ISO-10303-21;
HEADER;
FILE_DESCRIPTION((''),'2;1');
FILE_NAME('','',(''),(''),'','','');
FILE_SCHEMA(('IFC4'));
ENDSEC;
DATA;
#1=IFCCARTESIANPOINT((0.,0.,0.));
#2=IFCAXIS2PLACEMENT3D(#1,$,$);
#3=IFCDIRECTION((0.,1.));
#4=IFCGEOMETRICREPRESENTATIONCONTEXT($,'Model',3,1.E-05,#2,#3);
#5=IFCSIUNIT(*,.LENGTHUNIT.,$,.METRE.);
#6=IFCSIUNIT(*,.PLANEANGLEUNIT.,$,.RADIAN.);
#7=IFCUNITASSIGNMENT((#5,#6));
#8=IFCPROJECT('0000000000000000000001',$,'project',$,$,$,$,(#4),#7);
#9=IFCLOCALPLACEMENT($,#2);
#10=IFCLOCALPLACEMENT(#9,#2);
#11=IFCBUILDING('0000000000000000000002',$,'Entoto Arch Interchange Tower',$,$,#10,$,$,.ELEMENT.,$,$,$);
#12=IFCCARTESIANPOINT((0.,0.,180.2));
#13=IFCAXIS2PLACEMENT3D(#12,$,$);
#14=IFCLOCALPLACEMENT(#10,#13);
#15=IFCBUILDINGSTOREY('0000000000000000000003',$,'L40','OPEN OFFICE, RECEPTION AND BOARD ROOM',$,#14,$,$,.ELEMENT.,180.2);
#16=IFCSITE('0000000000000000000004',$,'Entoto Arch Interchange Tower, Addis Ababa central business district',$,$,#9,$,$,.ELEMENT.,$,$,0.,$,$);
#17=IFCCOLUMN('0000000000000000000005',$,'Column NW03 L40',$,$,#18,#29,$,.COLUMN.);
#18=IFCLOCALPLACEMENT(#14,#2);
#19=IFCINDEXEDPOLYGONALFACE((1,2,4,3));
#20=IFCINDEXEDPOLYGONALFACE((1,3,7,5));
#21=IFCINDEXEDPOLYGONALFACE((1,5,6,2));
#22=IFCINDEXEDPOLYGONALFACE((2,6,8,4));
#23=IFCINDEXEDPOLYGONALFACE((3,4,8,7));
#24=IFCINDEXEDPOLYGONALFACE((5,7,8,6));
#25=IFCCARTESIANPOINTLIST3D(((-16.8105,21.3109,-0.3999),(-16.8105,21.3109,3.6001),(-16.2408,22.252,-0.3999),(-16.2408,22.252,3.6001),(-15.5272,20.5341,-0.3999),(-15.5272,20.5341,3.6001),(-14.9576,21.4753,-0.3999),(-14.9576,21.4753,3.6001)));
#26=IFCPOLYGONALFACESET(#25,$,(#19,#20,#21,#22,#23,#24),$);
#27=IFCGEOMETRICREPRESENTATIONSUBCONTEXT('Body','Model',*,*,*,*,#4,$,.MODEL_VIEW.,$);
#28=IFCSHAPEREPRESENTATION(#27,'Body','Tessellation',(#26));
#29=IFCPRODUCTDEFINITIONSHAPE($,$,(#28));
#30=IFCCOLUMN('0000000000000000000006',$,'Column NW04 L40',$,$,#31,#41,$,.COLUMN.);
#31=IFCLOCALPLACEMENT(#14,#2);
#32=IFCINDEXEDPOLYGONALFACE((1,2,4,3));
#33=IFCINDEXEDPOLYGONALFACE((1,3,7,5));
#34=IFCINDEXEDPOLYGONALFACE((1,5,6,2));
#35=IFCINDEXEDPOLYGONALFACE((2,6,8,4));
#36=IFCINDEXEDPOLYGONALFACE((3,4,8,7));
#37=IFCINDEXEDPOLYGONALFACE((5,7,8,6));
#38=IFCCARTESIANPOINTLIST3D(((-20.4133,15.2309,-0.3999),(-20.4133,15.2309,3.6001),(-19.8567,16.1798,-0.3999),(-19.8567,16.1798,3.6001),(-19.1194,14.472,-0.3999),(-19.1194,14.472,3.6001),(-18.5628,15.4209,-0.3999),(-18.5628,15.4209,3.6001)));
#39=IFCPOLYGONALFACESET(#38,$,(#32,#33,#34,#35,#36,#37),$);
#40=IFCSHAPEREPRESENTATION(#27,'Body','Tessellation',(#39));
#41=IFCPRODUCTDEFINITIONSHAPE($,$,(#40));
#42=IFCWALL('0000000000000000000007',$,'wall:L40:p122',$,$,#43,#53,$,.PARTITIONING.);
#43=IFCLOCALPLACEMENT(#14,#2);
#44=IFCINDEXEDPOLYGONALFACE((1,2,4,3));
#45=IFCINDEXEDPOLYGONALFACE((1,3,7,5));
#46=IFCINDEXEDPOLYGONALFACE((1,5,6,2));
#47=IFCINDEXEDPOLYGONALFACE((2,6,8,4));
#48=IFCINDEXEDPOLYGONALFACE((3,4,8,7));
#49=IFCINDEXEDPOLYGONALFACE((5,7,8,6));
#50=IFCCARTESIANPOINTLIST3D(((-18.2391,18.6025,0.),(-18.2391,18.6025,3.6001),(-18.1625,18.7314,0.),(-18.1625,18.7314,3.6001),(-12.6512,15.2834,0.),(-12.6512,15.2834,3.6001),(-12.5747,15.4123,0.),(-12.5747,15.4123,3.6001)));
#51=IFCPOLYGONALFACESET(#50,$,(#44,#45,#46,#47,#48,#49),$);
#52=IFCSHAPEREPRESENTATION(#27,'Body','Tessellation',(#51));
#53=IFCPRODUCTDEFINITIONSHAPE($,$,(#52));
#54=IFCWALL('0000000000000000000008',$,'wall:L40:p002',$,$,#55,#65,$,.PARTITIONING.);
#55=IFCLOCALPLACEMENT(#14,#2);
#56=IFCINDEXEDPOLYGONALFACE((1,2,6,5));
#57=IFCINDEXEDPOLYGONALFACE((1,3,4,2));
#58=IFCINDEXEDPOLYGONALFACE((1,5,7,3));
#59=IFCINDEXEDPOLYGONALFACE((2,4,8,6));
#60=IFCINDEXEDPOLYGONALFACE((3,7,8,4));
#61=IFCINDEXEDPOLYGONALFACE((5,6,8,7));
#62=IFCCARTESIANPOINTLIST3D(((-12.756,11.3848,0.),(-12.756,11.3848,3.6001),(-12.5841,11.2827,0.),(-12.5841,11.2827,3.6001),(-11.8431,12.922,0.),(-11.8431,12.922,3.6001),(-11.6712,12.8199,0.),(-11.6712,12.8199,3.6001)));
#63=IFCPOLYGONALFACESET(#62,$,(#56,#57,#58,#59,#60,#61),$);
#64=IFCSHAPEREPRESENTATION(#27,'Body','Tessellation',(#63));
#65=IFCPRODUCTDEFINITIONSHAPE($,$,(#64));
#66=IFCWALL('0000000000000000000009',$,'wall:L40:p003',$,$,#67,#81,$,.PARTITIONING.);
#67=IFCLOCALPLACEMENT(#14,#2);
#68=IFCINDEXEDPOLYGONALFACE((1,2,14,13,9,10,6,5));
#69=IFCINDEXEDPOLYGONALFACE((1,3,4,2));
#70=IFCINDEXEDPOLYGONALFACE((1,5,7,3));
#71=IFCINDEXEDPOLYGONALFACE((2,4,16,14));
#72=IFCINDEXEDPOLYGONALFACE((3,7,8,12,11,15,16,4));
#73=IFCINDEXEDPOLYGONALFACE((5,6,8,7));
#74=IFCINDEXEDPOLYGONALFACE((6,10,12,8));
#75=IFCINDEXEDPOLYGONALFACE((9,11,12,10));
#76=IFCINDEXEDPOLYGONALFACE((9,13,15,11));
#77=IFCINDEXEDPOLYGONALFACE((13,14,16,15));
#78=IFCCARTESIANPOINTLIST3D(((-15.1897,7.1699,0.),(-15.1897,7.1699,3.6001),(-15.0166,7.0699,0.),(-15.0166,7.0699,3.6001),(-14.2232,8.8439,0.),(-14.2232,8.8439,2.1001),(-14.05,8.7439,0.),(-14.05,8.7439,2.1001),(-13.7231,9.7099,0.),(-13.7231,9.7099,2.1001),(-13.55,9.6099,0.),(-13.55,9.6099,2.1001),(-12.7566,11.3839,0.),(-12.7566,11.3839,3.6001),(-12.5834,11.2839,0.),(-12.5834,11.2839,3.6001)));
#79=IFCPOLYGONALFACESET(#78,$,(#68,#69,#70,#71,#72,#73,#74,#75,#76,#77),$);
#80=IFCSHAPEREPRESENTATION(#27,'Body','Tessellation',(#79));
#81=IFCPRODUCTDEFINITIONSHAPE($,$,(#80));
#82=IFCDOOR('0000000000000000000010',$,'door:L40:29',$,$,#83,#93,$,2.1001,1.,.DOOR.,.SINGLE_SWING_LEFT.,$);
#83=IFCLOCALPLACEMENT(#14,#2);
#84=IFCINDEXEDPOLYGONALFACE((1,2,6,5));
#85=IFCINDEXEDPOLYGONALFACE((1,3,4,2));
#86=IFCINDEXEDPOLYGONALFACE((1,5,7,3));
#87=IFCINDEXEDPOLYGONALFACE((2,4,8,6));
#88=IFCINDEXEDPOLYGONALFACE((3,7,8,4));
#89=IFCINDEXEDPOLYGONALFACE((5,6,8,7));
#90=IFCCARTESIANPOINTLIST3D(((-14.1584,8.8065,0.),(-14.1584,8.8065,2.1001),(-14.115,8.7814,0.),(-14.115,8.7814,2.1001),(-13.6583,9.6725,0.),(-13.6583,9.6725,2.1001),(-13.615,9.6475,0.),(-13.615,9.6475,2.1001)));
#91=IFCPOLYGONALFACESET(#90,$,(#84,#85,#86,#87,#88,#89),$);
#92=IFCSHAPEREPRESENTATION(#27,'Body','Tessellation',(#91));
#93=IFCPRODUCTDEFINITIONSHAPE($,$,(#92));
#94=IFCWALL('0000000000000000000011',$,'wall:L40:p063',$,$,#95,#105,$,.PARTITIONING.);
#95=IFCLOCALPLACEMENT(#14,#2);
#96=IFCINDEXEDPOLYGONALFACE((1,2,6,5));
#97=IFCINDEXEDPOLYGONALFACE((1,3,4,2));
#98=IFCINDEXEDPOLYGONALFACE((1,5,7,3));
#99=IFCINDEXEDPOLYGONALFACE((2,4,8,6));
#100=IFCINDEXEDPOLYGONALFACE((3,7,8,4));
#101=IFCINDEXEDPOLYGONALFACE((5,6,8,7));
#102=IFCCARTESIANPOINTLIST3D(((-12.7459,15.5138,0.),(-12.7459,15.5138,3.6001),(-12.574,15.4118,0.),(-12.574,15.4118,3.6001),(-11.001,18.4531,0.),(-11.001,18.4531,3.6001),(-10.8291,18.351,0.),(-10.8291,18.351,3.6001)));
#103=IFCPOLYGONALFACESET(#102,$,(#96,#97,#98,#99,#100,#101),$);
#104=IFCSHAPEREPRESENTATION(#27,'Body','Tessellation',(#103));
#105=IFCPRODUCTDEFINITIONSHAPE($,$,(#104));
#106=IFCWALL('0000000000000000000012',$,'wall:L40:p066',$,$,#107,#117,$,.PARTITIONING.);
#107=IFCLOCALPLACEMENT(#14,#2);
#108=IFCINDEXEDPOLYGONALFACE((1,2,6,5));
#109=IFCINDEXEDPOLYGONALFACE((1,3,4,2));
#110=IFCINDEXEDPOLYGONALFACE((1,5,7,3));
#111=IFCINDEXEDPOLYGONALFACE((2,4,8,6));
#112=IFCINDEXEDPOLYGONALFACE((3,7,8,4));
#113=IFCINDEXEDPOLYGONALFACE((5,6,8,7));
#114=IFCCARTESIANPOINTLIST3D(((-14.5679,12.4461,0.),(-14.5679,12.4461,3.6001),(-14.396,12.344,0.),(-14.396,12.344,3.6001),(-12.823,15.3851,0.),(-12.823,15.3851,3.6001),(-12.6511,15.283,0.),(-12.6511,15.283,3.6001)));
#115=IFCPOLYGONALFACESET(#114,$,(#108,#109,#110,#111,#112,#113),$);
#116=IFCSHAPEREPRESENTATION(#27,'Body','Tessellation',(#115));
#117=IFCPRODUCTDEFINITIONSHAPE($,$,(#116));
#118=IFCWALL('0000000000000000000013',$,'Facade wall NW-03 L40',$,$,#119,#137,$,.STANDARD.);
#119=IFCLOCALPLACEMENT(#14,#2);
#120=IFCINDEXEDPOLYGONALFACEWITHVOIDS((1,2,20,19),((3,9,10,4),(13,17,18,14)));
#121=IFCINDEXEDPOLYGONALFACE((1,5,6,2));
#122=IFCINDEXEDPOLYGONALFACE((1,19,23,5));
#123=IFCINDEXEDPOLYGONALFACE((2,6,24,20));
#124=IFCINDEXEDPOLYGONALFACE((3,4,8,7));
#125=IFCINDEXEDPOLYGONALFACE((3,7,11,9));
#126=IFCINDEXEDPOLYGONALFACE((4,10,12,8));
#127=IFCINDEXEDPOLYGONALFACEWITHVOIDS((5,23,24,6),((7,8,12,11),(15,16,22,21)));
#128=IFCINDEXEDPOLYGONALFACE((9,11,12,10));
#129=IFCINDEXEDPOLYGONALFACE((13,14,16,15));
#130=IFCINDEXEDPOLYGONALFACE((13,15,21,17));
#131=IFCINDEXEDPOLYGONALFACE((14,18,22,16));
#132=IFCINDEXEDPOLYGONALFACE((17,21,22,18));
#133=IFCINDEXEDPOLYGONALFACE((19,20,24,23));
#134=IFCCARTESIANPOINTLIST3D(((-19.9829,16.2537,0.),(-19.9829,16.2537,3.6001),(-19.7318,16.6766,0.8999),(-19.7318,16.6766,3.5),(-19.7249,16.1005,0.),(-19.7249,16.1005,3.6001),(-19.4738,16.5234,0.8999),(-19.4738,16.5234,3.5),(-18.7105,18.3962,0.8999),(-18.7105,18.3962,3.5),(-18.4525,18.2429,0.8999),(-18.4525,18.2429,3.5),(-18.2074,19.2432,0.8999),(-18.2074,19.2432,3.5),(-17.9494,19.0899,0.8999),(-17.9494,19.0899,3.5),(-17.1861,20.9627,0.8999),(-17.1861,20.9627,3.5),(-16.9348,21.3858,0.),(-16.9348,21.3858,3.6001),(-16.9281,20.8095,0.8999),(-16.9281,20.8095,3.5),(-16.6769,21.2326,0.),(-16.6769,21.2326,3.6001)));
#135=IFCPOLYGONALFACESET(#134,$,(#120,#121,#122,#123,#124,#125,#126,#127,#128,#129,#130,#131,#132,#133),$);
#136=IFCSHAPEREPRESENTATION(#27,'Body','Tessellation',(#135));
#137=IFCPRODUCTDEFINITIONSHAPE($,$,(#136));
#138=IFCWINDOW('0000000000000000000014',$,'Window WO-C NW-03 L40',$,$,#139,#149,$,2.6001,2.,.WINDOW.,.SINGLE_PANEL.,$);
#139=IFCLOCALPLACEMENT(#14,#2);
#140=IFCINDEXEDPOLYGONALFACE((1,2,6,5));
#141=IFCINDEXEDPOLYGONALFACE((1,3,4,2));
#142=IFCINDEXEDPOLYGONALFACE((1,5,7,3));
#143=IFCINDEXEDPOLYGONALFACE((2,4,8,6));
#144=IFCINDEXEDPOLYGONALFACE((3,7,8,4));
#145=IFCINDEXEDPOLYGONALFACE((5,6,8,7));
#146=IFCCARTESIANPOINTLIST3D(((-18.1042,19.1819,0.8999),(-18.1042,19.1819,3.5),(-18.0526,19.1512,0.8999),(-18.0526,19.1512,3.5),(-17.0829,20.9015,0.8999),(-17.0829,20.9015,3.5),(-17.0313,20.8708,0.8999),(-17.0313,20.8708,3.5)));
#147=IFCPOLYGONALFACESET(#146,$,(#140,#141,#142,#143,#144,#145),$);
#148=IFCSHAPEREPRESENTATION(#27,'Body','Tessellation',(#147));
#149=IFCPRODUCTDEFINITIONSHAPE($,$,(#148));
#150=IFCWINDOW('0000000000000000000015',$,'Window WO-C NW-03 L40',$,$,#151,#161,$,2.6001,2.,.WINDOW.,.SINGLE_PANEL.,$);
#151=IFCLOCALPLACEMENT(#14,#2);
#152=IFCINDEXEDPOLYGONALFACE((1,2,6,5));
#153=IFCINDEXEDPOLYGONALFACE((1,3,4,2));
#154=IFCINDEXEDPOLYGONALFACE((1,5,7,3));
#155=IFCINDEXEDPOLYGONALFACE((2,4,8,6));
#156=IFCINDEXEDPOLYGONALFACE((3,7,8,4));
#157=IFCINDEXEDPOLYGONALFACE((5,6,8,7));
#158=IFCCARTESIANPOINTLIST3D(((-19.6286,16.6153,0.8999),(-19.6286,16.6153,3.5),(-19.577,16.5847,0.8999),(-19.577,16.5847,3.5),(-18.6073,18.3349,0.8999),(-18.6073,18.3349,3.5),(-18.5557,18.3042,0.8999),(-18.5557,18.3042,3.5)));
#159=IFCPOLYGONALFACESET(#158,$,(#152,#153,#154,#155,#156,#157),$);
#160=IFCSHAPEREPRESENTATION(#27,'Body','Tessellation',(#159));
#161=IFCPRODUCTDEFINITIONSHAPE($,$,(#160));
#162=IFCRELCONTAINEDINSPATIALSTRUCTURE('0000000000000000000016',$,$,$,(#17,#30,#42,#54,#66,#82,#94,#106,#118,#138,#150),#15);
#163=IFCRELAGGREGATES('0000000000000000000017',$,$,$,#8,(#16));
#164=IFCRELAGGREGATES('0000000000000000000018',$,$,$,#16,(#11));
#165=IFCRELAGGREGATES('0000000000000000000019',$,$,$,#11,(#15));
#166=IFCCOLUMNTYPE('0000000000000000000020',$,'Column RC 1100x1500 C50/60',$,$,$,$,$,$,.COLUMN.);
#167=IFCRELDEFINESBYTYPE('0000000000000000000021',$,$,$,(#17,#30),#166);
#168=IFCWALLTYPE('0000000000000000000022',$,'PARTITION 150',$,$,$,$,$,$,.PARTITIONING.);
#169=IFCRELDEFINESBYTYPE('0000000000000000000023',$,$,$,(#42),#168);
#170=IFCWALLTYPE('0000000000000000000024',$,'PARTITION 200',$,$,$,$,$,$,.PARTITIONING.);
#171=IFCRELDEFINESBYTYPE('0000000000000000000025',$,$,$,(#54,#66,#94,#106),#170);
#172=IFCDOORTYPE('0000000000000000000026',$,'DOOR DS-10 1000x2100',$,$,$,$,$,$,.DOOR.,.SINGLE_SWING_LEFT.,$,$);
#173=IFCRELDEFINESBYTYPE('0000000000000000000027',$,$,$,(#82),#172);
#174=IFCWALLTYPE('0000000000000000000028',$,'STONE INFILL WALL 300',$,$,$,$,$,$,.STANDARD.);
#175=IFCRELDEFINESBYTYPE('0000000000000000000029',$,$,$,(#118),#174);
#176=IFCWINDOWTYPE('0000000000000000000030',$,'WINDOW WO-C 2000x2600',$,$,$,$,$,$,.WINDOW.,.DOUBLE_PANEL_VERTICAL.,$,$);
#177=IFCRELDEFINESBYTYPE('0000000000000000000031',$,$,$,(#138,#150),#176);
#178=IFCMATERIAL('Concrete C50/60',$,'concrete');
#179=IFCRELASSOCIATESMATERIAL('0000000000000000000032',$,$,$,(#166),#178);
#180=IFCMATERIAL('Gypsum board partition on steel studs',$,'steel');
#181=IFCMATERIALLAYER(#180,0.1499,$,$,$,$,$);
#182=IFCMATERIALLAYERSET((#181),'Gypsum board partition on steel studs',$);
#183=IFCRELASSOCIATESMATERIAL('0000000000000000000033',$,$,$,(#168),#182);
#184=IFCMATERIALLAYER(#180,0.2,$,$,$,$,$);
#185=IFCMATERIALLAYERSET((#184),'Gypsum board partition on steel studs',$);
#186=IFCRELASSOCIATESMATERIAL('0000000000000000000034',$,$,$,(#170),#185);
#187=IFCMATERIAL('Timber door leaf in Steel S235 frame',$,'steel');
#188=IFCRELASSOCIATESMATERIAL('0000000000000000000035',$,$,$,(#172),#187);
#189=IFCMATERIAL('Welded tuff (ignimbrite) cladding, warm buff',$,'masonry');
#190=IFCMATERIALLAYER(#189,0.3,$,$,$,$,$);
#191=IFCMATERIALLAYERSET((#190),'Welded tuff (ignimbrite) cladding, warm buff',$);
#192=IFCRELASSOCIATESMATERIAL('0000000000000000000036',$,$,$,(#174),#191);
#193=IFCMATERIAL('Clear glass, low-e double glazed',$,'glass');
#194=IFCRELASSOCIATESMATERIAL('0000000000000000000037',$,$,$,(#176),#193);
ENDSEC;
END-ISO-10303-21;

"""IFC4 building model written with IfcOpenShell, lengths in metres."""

from ifc_helpers import new_model, si_unit, direction, frame, frame_2d, origin, origin_2d, place, context, subcontext, project, spatial, rectangle, extrude, material, layer, layer_set, material_profile, profile_set, type_object, element, fill, save


model = new_model("IFC4")

# Units and contexts
model_context = context("Model", 3, precision=1e-05, world=origin(), true_north=direction((0.0, 1.0)))
body_context = subcontext(model_context, "Body", "Model", "MODEL_VIEW")
ifc_project = project(units=[si_unit("LENGTHUNIT", "METRE"), si_unit("PLANEANGLEUNIT", "RADIAN")], contexts=[model_context])

# Site, building, storey
site_placement = place(None, origin())
site = spatial("IfcSite", under=ifc_project, at=site_placement, Name="Entoto Arch Interchange Tower, Addis Ababa central business district", CompositionType="ELEMENT", RefElevation=0.0)
building_placement = place(site_placement, origin())
building = spatial("IfcBuilding", under=site, at=building_placement, Name="Entoto Arch Interchange Tower", CompositionType="ELEMENT")
storey_placement = place(building_placement, frame((0.0, 0.0, 180.2)))
storey = spatial("IfcBuildingStorey", under=building, at=storey_placement, Name="L40", Description="OPEN OFFICE, RECEPTION AND BOARD ROOM", CompositionType="ELEMENT", Elevation=180.2)

# Columns
ifc_material_1 = material(Name="Concrete C50/60", Category="concrete")
ifc_material_profile = material_profile(ifc_material_1, rectangle(XDim=1.1001, YDim=1.5, at=origin_2d()))
ifc_profile_set = profile_set([ifc_material_profile], Name="Concrete C50/60")
column_type = type_object("IfcColumnType", Name="Column RC 1100x1500 C50/60", PredefinedType="COLUMN", material=ifc_profile_set)
for number, where, z_axis, x_axis, name in (
    (1, (-15.884, 21.3931, -0.3999), (0.0, 0.0, 1.0), (0.517803, 0.8555, 0.0), "Column NW03 L40"),
    (2, (-19.488, 15.3259, -0.3999), (0.0, 0.0, 1.0), (0.505958, 0.862558, 0.0), "Column NW04 L40"),
):
    element("IfcColumn", number, at=place(storey_placement, frame(where, z_axis=z_axis, x_axis=x_axis)), inside=storey, type_object=column_type, Name=name, PredefinedType="COLUMN", context=body_context, shape_type="SweptSolid", body=[
        extrude(rectangle(XDim=1.1001, YDim=1.5, at=origin_2d()), origin(), (0.0, 0.0, 1.0), 4.0),
    ])

# Walls
ifc_material_2 = material(Name="Gypsum board partition on steel studs", Category="steel")
ifc_layer_1 = layer(ifc_material_2, 0.1499)
ifc_layer_set_1 = layer_set([ifc_layer_1], Name="Gypsum board partition on steel studs")
wall_type_1 = type_object("IfcWallType", Name="PARTITION 150", PredefinedType="PARTITIONING", material=ifc_layer_set_1)
wall_1_placement = place(storey_placement, frame((-12.613, 15.3479, 0.0), z_axis=(0.0, 0.0, 1.0), x_axis=(-0.859768, 0.510685, 0.0)))
element("IfcWall", 3, at=wall_1_placement, inside=storey, type_object=wall_type_1, Name="wall:L40:p122", PredefinedType="PARTITIONING", context=body_context, shape_type="SweptSolid", body=[
    extrude(rectangle(XDim=6.4993, YDim=0.1499, at=frame_2d((3.2495, 0.0))), origin(), (0.0, 0.0, 1.0), 3.6001),
])
ifc_layer_2 = layer(ifc_material_2, 0.2)
ifc_layer_set_2 = layer_set([ifc_layer_2], Name="Gypsum board partition on steel studs")
wall_type_2 = type_object("IfcWallType", Name="PARTITION 200", PredefinedType="PARTITIONING", material=ifc_layer_set_2)
wall_2_placement = place(storey_placement, frame((-11.7571, 12.8711, 0.0), z_axis=(0.0, 0.0, 1.0), x_axis=(-0.510614, -0.85981, 0.0)))
element("IfcWall", 4, at=wall_2_placement, inside=storey, type_object=wall_type_2, Name="wall:L40:p002", PredefinedType="PARTITIONING", context=body_context, shape_type="SweptSolid", body=[
    extrude(rectangle(XDim=1.7878, YDim=0.2, at=frame_2d((0.894, 0.0))), origin(), (0.0, 0.0, 1.0), 3.6001),
])

# Wall, opening, door
wall_3_placement = place(storey_placement, frame((-12.6699, 11.334, 0.0), z_axis=(0.0, 0.0, 1.0), x_axis=(-0.500035, -0.866005, 0.0)))
wall_3 = element("IfcWall", 5, at=wall_3_placement, inside=storey, type_object=wall_type_2, Name="wall:L40:p003", PredefinedType="PARTITIONING", context=body_context, shape_type="SweptSolid", body=[
    extrude(rectangle(XDim=4.866, YDim=0.2, at=frame_2d((2.4331, 0.0))), origin(), (0.0, 0.0, 1.0), 3.6001),
])
opening_1_placement = place(wall_3_placement, frame((1.9331, 0.0, 0.0)))
opening_1 = element("IfcOpeningElement", 6, at=opening_1_placement, cuts=wall_3, PredefinedType="OPENING", context=body_context, shape_type="SweptSolid", body=[
    extrude(rectangle(XDim=1.0, YDim=2.1001, at=frame_2d((0.5, 1.05))), frame((0.0, 0.1099, 0.0), z_axis=(0.0, -1.0, 0.0), x_axis=(1.0, 0.0, 0.0)), (0.0, 0.0, 1.0), 0.22),
])
ifc_material_3 = material(Name="Timber door leaf in Steel S235 frame", Category="steel")
door_type = type_object("IfcDoorType", Name="DOOR DS-10 1000x2100", OperationType="SINGLE_SWING_LEFT", PredefinedType="DOOR", material=ifc_material_3)
door_placement = place(opening_1_placement, origin())
door = element("IfcDoor", 7, at=door_placement, inside=storey, type_object=door_type, Name="door:L40:29", OperationType="SINGLE_SWING_LEFT", OverallHeight=2.1001, OverallWidth=1.0, PredefinedType="DOOR", context=body_context, shape_type="SweptSolid", body=[
    extrude(rectangle(XDim=1.0, YDim=2.1001, at=frame_2d((0.5, 1.05))), frame((0.0, 0.0249, 0.0), z_axis=(0.0, -1.0, 0.0), x_axis=(1.0, 0.0, 0.0)), (0.0, 0.0, 1.0), 0.05),
])
fill(opening_1, door)

# Walls
wall_4_placement = place(storey_placement, frame((-12.6599, 15.4629, 0.0), z_axis=(0.0, 0.0, 1.0), x_axis=(0.510478, 0.859891, 0.0)))
element("IfcWall", 8, at=wall_4_placement, inside=storey, type_object=wall_type_2, Name="wall:L40:p063", PredefinedType="PARTITIONING", context=body_context, shape_type="SweptSolid", body=[
    extrude(rectangle(XDim=3.4182, YDim=0.2, at=frame_2d((1.709, 0.0))), origin(), (0.0, 0.0, 1.0), 3.6001),
])
wall_5_placement = place(storey_placement, frame((-14.4819, 12.395, 0.0), z_axis=(0.0, 0.0, 1.0), x_axis=(0.510509, 0.859872, 0.0)))
element("IfcWall", 9, at=wall_5_placement, inside=storey, type_object=wall_type_2, Name="wall:L40:p066", PredefinedType="PARTITIONING", context=body_context, shape_type="SweptSolid", body=[
    extrude(rectangle(XDim=3.418, YDim=0.2, at=frame_2d((1.709, 0.0))), origin(), (0.0, 0.0, 1.0), 3.6001),
])

# Wall, openings, windows
ifc_material_4 = material(Name="Welded tuff (ignimbrite) cladding, warm buff", Category="masonry")
ifc_layer_3 = layer(ifc_material_4, 0.3)
ifc_layer_set_3 = layer_set([ifc_layer_3], Name="Welded tuff (ignimbrite) cladding, warm buff")
wall_type_3 = type_object("IfcWallType", Name="STONE INFILL WALL 300", PredefinedType="STANDARD", material=ifc_layer_set_3)
wall_6_placement = place(storey_placement, frame((-16.8059, 21.3091, 0.0), z_axis=(0.0, 0.0, 1.0), x_axis=(-0.510653, -0.859787, 0.0)))
wall_6 = element("IfcWall", 10, at=wall_6_placement, inside=storey, type_object=wall_type_3, Name="Facade wall NW-03 L40", PredefinedType="STANDARD", context=body_context, shape_type="SweptSolid", body=[
    extrude(rectangle(XDim=5.969, YDim=0.3, at=frame_2d((2.9844, 0.0))), origin(), (0.0, 0.0, 1.0), 3.6001),
])
opening_2_placement = place(wall_6_placement, frame((0.4919, 0.0, 0.8999)))
opening_2 = element("IfcOpeningElement", 11, at=opening_2_placement, cuts=wall_6, PredefinedType="OPENING", context=body_context, shape_type="SweptSolid", body=[
    extrude(rectangle(XDim=2.0, YDim=2.6001, at=frame_2d((1.0, 1.3))), frame((0.0, 0.1602, 0.0), z_axis=(0.0, -1.0, 0.0), x_axis=(1.0, 0.0, 0.0)), (0.0, 0.0, 1.0), 0.3201),
])
opening_3_placement = place(wall_6_placement, frame((3.4771, 0.0, 0.8999)))
opening_3 = element("IfcOpeningElement", 12, at=opening_3_placement, cuts=wall_6, PredefinedType="OPENING", context=body_context, shape_type="SweptSolid", body=[
    extrude(rectangle(XDim=2.0, YDim=2.6001, at=frame_2d((1.0, 1.3))), frame((0.0, 0.1602, 0.0), z_axis=(0.0, -1.0, 0.0), x_axis=(1.0, 0.0, 0.0)), (0.0, 0.0, 1.0), 0.3201),
])
ifc_material_5 = material(Name="Clear glass, low-e double glazed", Category="glass")
window_type = type_object("IfcWindowType", Name="WINDOW WO-C 2000x2600", PartitioningType="DOUBLE_PANEL_VERTICAL", PredefinedType="WINDOW", material=ifc_material_5)
window_1_placement = place(opening_2_placement, origin())
window_1 = element("IfcWindow", 13, at=window_1_placement, inside=storey, type_object=window_type, Name="Window WO-C NW-03 L40", OverallHeight=2.6001, OverallWidth=2.0, PartitioningType="SINGLE_PANEL", PredefinedType="WINDOW", context=body_context, shape_type="SweptSolid", body=[
    extrude(rectangle(XDim=2.0, YDim=2.6001, at=frame_2d((1.0, 1.3))), frame((0.0, 0.03, 0.0), z_axis=(0.0, -1.0, 0.0), x_axis=(1.0, 0.0, 0.0)), (0.0, 0.0, 1.0), 0.0601),
])
fill(opening_2, window_1)
window_2_placement = place(opening_3_placement, origin())
window_2 = element("IfcWindow", 14, at=window_2_placement, inside=storey, type_object=window_type, Name="Window WO-C NW-03 L40", OverallHeight=2.6001, OverallWidth=2.0, PartitioningType="SINGLE_PANEL", PredefinedType="WINDOW", context=body_context, shape_type="SweptSolid", body=[
    extrude(rectangle(XDim=2.0, YDim=2.6001, at=frame_2d((1.0, 1.3))), frame((0.0, 0.03, 0.0), z_axis=(0.0, -1.0, 0.0), x_axis=(1.0, 0.0, 0.0)), (0.0, 0.0, 1.0), 0.0601),
])
fill(opening_3, window_2)

save(model, "model.ifc")
